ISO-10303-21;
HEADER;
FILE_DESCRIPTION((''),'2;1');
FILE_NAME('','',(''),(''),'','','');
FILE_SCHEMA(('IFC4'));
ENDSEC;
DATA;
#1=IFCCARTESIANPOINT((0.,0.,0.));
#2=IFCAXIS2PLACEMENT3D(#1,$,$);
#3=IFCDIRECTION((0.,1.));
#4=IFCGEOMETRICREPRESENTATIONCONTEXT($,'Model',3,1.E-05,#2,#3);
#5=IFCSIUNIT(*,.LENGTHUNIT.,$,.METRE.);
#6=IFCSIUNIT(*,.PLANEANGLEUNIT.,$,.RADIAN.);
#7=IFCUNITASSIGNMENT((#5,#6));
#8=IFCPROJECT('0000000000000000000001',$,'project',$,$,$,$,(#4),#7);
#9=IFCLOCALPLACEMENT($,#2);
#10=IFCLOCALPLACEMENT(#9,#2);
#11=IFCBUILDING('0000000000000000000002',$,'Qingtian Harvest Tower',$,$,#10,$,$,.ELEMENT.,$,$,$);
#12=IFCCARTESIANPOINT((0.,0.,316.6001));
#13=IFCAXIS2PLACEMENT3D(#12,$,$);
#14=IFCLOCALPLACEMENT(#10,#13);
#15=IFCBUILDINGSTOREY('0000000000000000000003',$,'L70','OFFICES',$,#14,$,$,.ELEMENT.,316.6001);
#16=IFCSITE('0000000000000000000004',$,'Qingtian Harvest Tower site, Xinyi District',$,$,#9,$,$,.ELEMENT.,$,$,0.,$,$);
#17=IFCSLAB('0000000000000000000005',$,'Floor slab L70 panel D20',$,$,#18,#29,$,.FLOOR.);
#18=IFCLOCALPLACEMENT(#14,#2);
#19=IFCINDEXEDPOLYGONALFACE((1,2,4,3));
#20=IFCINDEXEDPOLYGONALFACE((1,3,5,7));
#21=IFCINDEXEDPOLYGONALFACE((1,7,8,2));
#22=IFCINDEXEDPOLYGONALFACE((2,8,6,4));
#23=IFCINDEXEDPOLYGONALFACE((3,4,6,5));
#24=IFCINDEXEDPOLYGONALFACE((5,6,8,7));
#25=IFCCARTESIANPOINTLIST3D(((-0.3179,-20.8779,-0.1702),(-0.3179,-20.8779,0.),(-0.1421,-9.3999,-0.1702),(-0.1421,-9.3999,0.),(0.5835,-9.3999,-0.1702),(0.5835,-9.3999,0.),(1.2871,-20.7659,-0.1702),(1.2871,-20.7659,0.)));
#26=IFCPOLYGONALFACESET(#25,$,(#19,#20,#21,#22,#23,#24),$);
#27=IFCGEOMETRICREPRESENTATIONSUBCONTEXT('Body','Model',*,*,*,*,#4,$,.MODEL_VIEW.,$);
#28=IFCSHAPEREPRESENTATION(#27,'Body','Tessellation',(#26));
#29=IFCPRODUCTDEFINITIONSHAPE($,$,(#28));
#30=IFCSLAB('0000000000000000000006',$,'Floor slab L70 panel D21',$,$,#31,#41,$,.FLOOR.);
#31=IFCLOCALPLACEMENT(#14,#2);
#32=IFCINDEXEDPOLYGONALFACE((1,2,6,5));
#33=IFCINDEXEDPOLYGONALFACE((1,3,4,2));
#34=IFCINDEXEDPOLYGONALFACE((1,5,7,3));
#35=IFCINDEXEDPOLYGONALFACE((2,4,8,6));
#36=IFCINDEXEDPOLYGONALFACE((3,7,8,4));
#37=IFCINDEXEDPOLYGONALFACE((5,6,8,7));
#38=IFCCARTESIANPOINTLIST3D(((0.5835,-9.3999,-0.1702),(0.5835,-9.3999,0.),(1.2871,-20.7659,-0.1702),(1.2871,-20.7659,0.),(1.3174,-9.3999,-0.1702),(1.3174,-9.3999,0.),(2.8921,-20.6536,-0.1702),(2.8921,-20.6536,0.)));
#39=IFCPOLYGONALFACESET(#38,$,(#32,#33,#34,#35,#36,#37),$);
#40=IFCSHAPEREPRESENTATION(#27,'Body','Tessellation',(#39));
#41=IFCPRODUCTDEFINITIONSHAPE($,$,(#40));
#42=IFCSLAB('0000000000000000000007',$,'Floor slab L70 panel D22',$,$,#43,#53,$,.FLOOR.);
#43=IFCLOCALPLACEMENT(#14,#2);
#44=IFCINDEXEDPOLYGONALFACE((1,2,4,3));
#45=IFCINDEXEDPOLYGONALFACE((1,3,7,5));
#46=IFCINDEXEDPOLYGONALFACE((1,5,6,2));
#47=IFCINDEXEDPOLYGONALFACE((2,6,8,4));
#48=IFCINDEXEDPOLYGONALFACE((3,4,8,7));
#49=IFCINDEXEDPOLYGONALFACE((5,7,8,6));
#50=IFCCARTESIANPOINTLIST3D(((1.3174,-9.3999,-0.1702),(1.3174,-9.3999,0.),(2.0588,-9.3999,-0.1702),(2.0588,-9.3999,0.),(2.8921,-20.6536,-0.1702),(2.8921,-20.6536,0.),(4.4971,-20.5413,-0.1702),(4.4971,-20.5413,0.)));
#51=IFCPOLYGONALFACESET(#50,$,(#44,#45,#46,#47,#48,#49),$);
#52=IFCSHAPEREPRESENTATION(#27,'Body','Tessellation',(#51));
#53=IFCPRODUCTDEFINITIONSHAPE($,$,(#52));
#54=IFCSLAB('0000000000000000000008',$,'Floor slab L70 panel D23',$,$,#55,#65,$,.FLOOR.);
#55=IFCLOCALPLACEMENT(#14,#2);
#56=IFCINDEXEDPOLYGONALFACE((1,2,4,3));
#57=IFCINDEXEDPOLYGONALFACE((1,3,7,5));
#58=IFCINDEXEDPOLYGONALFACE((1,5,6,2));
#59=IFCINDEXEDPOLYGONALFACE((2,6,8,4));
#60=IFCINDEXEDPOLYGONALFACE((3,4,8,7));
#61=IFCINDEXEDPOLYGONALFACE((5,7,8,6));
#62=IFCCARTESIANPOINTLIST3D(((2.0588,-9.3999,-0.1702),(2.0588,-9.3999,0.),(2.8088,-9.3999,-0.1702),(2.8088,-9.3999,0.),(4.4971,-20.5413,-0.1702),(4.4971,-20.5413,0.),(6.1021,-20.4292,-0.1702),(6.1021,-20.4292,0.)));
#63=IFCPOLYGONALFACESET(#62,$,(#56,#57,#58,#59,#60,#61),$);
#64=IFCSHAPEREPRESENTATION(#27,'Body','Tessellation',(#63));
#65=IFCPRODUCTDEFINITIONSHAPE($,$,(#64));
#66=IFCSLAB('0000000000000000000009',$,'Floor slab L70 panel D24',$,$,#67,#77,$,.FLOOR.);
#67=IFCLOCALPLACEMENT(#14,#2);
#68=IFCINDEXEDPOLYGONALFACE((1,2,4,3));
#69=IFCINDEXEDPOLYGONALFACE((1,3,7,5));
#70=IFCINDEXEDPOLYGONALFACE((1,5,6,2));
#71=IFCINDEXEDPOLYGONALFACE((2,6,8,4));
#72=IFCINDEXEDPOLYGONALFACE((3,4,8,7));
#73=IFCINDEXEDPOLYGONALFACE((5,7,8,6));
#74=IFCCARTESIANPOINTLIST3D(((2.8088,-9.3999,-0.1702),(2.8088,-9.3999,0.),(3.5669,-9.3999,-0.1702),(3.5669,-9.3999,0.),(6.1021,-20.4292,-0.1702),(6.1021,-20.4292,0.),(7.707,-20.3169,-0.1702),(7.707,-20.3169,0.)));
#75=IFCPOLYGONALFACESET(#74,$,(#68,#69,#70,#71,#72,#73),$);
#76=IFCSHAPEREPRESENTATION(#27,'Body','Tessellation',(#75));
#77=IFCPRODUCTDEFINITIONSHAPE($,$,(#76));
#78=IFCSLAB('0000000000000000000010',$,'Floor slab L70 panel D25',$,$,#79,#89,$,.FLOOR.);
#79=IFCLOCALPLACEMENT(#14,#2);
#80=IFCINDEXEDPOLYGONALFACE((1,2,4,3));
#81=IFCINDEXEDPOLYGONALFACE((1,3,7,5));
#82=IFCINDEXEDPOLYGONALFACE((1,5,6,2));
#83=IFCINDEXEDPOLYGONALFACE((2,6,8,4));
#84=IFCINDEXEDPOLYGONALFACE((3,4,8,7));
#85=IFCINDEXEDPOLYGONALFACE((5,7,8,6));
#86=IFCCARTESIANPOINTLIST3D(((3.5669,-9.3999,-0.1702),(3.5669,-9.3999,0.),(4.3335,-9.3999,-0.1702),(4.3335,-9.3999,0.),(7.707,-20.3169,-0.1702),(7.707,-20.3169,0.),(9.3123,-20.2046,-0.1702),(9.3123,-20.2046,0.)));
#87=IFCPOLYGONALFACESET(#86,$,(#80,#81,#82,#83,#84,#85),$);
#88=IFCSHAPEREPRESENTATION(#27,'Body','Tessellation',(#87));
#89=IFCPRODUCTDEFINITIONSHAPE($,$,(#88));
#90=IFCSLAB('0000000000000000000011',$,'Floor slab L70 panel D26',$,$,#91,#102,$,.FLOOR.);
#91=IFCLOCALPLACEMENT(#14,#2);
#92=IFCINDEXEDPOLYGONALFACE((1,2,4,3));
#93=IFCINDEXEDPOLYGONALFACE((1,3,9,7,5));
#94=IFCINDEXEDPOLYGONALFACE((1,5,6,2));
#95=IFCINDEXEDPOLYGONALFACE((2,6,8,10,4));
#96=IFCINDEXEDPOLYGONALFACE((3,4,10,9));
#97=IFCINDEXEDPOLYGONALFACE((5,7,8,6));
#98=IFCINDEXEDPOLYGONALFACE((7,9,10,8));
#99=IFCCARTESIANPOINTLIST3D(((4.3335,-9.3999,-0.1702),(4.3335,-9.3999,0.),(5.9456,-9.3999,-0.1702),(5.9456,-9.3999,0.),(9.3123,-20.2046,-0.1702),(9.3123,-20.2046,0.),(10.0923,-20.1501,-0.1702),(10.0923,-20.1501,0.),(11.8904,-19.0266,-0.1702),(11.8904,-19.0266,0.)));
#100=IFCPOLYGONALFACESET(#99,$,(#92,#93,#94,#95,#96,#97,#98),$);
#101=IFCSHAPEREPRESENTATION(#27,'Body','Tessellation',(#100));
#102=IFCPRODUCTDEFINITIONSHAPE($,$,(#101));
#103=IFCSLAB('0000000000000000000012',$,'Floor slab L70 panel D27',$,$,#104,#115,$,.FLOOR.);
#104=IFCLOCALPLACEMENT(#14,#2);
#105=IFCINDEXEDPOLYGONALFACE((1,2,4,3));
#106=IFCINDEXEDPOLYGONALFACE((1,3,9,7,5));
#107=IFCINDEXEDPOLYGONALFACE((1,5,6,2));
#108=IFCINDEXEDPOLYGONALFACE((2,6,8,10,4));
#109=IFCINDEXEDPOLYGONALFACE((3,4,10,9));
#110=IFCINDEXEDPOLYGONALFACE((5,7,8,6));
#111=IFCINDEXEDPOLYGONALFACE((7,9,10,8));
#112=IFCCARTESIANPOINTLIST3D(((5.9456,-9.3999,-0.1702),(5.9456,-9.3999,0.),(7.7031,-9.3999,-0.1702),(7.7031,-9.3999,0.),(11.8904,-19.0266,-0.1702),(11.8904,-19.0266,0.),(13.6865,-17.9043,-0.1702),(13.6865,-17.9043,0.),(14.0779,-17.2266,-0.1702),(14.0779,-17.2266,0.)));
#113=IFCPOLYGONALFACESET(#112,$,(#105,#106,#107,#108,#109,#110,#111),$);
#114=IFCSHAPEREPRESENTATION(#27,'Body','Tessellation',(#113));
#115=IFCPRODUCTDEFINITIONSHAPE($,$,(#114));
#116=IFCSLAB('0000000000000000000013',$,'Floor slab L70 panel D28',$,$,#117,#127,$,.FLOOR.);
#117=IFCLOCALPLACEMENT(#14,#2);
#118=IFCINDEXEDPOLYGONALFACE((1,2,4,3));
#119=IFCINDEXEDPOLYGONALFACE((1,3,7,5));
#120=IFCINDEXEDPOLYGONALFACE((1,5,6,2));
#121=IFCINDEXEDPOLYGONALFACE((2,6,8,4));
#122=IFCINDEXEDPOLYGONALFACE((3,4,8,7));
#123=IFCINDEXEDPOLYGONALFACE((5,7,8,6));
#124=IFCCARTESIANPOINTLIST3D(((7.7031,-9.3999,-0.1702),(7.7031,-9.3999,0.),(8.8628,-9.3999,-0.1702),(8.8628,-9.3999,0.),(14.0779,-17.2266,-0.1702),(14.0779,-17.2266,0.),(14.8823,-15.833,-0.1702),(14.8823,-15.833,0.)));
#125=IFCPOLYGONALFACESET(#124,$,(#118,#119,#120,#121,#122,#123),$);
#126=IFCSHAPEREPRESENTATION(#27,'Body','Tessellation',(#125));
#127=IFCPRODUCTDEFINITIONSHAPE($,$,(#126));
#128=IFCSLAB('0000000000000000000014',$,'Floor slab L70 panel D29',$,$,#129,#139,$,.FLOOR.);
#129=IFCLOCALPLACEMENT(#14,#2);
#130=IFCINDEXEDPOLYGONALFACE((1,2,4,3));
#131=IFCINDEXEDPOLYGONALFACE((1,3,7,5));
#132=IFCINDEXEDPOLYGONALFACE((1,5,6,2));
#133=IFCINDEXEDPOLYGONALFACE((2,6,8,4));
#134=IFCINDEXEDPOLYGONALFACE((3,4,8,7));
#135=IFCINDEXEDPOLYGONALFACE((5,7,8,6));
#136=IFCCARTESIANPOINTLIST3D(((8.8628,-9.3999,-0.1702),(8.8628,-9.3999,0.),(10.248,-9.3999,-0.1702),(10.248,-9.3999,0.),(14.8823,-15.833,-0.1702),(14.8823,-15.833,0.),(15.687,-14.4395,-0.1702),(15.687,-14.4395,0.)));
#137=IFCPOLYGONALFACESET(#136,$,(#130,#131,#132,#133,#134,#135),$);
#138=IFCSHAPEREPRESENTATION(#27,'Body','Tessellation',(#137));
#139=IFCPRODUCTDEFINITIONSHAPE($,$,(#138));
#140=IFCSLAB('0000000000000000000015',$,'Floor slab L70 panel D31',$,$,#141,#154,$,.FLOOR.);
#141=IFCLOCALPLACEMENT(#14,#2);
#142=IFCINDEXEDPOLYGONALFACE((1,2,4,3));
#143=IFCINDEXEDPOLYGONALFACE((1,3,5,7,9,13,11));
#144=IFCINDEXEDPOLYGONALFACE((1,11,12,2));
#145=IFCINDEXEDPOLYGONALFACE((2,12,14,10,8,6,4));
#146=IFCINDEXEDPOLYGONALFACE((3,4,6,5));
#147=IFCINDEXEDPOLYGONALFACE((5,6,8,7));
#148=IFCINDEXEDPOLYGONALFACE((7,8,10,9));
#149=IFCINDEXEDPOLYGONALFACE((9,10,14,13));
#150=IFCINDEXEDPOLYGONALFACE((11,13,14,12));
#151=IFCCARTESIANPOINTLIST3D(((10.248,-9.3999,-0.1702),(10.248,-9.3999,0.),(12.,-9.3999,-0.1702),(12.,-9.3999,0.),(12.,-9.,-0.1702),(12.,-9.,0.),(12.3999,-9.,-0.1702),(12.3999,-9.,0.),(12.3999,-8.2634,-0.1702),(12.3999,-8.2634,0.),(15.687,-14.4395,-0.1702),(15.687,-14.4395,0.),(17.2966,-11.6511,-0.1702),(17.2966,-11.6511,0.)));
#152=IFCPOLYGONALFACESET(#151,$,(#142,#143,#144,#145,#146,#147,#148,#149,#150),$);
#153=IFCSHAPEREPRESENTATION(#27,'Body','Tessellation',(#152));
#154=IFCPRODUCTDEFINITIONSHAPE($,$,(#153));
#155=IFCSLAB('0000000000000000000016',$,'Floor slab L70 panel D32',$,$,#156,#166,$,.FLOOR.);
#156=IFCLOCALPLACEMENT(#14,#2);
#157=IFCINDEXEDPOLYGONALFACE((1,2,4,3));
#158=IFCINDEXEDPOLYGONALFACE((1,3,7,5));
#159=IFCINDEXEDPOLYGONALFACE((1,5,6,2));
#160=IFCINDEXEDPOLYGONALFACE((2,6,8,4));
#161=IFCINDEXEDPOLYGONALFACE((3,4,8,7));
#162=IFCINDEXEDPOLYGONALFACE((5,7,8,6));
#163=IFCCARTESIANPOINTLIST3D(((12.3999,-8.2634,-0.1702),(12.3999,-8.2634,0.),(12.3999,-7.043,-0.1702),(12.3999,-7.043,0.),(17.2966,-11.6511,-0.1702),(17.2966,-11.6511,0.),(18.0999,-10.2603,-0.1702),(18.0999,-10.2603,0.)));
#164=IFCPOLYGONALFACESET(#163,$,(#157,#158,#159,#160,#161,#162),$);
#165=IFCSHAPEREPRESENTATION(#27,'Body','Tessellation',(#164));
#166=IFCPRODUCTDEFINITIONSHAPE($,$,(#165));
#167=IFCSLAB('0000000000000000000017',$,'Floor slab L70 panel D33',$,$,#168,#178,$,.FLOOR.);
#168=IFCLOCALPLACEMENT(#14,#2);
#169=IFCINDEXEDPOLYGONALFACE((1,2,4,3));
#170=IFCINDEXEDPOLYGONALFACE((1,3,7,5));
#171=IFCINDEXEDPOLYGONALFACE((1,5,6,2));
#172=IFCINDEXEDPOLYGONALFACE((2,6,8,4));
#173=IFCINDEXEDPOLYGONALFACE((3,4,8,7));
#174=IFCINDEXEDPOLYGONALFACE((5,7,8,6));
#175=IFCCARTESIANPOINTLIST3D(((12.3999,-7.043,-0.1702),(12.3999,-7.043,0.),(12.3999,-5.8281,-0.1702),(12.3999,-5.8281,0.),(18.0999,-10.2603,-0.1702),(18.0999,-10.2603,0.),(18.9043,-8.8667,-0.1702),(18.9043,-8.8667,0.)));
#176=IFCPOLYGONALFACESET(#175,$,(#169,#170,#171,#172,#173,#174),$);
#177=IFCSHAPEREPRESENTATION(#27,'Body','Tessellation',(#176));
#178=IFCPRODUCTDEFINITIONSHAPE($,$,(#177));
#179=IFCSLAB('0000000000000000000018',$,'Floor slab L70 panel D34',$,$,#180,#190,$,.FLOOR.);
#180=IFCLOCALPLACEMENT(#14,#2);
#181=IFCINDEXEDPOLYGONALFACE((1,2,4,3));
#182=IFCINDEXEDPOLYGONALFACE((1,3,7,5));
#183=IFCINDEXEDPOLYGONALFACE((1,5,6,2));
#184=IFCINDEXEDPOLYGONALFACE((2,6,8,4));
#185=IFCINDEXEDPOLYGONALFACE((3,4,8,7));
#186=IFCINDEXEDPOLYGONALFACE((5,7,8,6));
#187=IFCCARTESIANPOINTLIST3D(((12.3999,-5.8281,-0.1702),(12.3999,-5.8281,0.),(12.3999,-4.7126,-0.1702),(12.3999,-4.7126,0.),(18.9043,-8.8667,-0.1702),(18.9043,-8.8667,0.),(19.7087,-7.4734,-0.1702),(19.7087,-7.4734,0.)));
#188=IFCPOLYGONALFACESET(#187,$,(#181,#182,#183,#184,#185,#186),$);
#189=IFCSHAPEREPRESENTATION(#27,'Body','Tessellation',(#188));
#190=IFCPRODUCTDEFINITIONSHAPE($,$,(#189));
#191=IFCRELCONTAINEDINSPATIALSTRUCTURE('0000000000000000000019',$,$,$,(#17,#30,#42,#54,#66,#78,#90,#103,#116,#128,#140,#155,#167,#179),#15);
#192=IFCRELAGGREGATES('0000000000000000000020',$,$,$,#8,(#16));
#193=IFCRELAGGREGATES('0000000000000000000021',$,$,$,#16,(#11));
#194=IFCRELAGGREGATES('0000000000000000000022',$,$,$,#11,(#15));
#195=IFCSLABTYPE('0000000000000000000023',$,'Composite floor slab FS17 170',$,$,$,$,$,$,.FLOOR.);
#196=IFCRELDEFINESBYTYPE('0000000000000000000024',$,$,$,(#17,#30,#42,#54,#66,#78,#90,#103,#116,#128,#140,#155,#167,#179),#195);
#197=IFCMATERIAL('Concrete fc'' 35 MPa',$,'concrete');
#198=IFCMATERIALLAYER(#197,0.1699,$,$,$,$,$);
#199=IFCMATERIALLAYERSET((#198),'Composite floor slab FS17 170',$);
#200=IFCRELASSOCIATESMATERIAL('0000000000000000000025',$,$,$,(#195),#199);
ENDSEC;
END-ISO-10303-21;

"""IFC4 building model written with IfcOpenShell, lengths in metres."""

from ifc_helpers import new_model, si_unit, direction, frame, origin, place, context, subcontext, project, spatial, polyline, outline, extrude, material, layer, layer_set, type_object, element, save


model = new_model("IFC4")

# Units and contexts
model_context = context("Model", 3, precision=1e-05, world=origin(), true_north=direction((0.0, 1.0)))
body_context = subcontext(model_context, "Body", "Model", "MODEL_VIEW")
ifc_project = project(units=[si_unit("LENGTHUNIT", "METRE"), si_unit("PLANEANGLEUNIT", "RADIAN")], contexts=[model_context])

# Site, building, storey
site_placement = place(None, origin())
site = spatial("IfcSite", under=ifc_project, at=site_placement, Name="Qingtian Harvest Tower site, Xinyi District", CompositionType="ELEMENT", RefElevation=0.0)
building_placement = place(site_placement, origin())
building = spatial("IfcBuilding", under=site, at=building_placement, Name="Qingtian Harvest Tower", CompositionType="ELEMENT")
storey_placement = place(building_placement, frame((0.0, 0.0, 316.6001)))
storey = spatial("IfcBuildingStorey", under=building, at=storey_placement, Name="L70", Description="OFFICES", CompositionType="ELEMENT", Elevation=316.6001)

# Slabs
ifc_material_1 = material(Name="Concrete fc' 35 MPa", Category="concrete")
ifc_layer_1 = layer(ifc_material_1, 0.1699)
ifc_layer_set_1 = layer_set([ifc_layer_1], Name="Composite floor slab FS17 170")
slab_type = type_object("IfcSlabType", Name="Composite floor slab FS17 170", PredefinedType="FLOOR", material=ifc_layer_set_1)
slab_1_placement = place(storey_placement, frame((0.0, 0.0, -0.1702)))
element("IfcSlab", 1, at=slab_1_placement, inside=storey, type_object=slab_type, Name="Floor slab L70 panel D20", PredefinedType="FLOOR", context=body_context, shape_type="SweptSolid", body=[
    extrude(outline(polyline([(0.5835, -9.3999), (1.2871, -20.7659), (-0.3179, -20.8779), (-0.1421, -9.3999), (0.5835, -9.3999)])), origin(), (0.0, 0.0, 1.0), 0.1702),
])
slab_2_placement = place(storey_placement, frame((0.0, 0.0, -0.1702)))
element("IfcSlab", 2, at=slab_2_placement, inside=storey, type_object=slab_type, Name="Floor slab L70 panel D21", PredefinedType="FLOOR", context=body_context, shape_type="SweptSolid", body=[
    extrude(outline(polyline([(1.3174, -9.3999), (2.8921, -20.6536), (1.2871, -20.7659), (0.5835, -9.3999), (1.3174, -9.3999)])), origin(), (0.0, 0.0, 1.0), 0.1702),
])
slab_3_placement = place(storey_placement, frame((0.0, 0.0, -0.1702)))
element("IfcSlab", 3, at=slab_3_placement, inside=storey, type_object=slab_type, Name="Floor slab L70 panel D22", PredefinedType="FLOOR", context=body_context, shape_type="SweptSolid", body=[
    extrude(outline(polyline([(2.0588, -9.3999), (4.4971, -20.5413), (2.8921, -20.6536), (1.3174, -9.3999), (2.0588, -9.3999)])), origin(), (0.0, 0.0, 1.0), 0.1702),
])
slab_4_placement = place(storey_placement, frame((0.0, 0.0, -0.1702)))
element("IfcSlab", 4, at=slab_4_placement, inside=storey, type_object=slab_type, Name="Floor slab L70 panel D23", PredefinedType="FLOOR", context=body_context, shape_type="SweptSolid", body=[
    extrude(outline(polyline([(2.8088, -9.3999), (6.1021, -20.4292), (4.4971, -20.5413), (2.0588, -9.3999), (2.8088, -9.3999)])), origin(), (0.0, 0.0, 1.0), 0.1702),
])
slab_5_placement = place(storey_placement, frame((0.0, 0.0, -0.1702)))
element("IfcSlab", 5, at=slab_5_placement, inside=storey, type_object=slab_type, Name="Floor slab L70 panel D24", PredefinedType="FLOOR", context=body_context, shape_type="SweptSolid", body=[
    extrude(outline(polyline([(3.5669, -9.3999), (7.707, -20.3169), (6.1021, -20.4292), (2.8088, -9.3999), (3.5669, -9.3999)])), origin(), (0.0, 0.0, 1.0), 0.1702),
])
slab_6_placement = place(storey_placement, frame((0.0, 0.0, -0.1702)))
element("IfcSlab", 6, at=slab_6_placement, inside=storey, type_object=slab_type, Name="Floor slab L70 panel D25", PredefinedType="FLOOR", context=body_context, shape_type="SweptSolid", body=[
    extrude(outline(polyline([(4.3335, -9.3999), (9.3123, -20.2046), (7.707, -20.3169), (3.5669, -9.3999), (4.3335, -9.3999)])), origin(), (0.0, 0.0, 1.0), 0.1702),
])
slab_7_placement = place(storey_placement, frame((0.0, 0.0, -0.1702)))
element("IfcSlab", 7, at=slab_7_placement, inside=storey, type_object=slab_type, Name="Floor slab L70 panel D26", PredefinedType="FLOOR", context=body_context, shape_type="SweptSolid", body=[
    extrude(outline(polyline([(4.3335, -9.3999), (5.9456, -9.3999), (11.8904, -19.0266), (10.0923, -20.1501), (9.3123, -20.2046), (4.3335, -9.3999)])), origin(), (0.0, 0.0, 1.0), 0.1702),
])
slab_8_placement = place(storey_placement, frame((0.0, 0.0, -0.1702)))
element("IfcSlab", 8, at=slab_8_placement, inside=storey, type_object=slab_type, Name="Floor slab L70 panel D27", PredefinedType="FLOOR", context=body_context, shape_type="SweptSolid", body=[
    extrude(outline(polyline([(5.9456, -9.3999), (7.7031, -9.3999), (14.0779, -17.2266), (13.6865, -17.9043), (11.8904, -19.0266), (5.9456, -9.3999)])), origin(), (0.0, 0.0, 1.0), 0.1702),
])
slab_9_placement = place(storey_placement, frame((0.0, 0.0, -0.1702)))
element("IfcSlab", 9, at=slab_9_placement, inside=storey, type_object=slab_type, Name="Floor slab L70 panel D28", PredefinedType="FLOOR", context=body_context, shape_type="SweptSolid", body=[
    extrude(outline(polyline([(8.8628, -9.3999), (14.8823, -15.833), (14.0779, -17.2266), (7.7031, -9.3999), (8.8628, -9.3999)])), origin(), (0.0, 0.0, 1.0), 0.1702),
])
slab_10_placement = place(storey_placement, frame((0.0, 0.0, -0.1702)))
element("IfcSlab", 10, at=slab_10_placement, inside=storey, type_object=slab_type, Name="Floor slab L70 panel D29", PredefinedType="FLOOR", context=body_context, shape_type="SweptSolid", body=[
    extrude(outline(polyline([(10.248, -9.3999), (15.687, -14.4395), (14.8823, -15.833), (8.8628, -9.3999), (10.248, -9.3999)])), origin(), (0.0, 0.0, 1.0), 0.1702),
])
slab_11_placement = place(storey_placement, frame((0.0, 0.0, -0.1702)))
element("IfcSlab", 11, at=slab_11_placement, inside=storey, type_object=slab_type, Name="Floor slab L70 panel D31", PredefinedType="FLOOR", context=body_context, shape_type="SweptSolid", body=[
    extrude(outline(polyline([(12.3999, -8.2634), (17.2966, -11.6511), (15.687, -14.4395), (10.248, -9.3999), (12.0, -9.3999), (12.0, -9.0), (12.3999, -9.0), (12.3999, -8.2634)])), origin(), (0.0, 0.0, 1.0), 0.1702),
])
slab_12_placement = place(storey_placement, frame((0.0, 0.0, -0.1702)))
element("IfcSlab", 12, at=slab_12_placement, inside=storey, type_object=slab_type, Name="Floor slab L70 panel D32", PredefinedType="FLOOR", context=body_context, shape_type="SweptSolid", body=[
    extrude(outline(polyline([(12.3999, -7.043), (18.0999, -10.2603), (17.2966, -11.6511), (12.3999, -8.2634), (12.3999, -7.043)])), origin(), (0.0, 0.0, 1.0), 0.1702),
])
slab_13_placement = place(storey_placement, frame((0.0, 0.0, -0.1702)))
element("IfcSlab", 13, at=slab_13_placement, inside=storey, type_object=slab_type, Name="Floor slab L70 panel D33", PredefinedType="FLOOR", context=body_context, shape_type="SweptSolid", body=[
    extrude(outline(polyline([(12.3999, -5.8281), (18.9043, -8.8667), (18.0999, -10.2603), (12.3999, -7.043), (12.3999, -5.8281)])), origin(), (0.0, 0.0, 1.0), 0.1702),
])
slab_14_placement = place(storey_placement, frame((0.0, 0.0, -0.1702)))
element("IfcSlab", 14, at=slab_14_placement, inside=storey, type_object=slab_type, Name="Floor slab L70 panel D34", PredefinedType="FLOOR", context=body_context, shape_type="SweptSolid", body=[
    extrude(outline(polyline([(12.3999, -4.7126), (19.7087, -7.4734), (18.9043, -8.8667), (12.3999, -5.8281), (12.3999, -4.7126)])), origin(), (0.0, 0.0, 1.0), 0.1702),
])

save(model, "model.ifc")
